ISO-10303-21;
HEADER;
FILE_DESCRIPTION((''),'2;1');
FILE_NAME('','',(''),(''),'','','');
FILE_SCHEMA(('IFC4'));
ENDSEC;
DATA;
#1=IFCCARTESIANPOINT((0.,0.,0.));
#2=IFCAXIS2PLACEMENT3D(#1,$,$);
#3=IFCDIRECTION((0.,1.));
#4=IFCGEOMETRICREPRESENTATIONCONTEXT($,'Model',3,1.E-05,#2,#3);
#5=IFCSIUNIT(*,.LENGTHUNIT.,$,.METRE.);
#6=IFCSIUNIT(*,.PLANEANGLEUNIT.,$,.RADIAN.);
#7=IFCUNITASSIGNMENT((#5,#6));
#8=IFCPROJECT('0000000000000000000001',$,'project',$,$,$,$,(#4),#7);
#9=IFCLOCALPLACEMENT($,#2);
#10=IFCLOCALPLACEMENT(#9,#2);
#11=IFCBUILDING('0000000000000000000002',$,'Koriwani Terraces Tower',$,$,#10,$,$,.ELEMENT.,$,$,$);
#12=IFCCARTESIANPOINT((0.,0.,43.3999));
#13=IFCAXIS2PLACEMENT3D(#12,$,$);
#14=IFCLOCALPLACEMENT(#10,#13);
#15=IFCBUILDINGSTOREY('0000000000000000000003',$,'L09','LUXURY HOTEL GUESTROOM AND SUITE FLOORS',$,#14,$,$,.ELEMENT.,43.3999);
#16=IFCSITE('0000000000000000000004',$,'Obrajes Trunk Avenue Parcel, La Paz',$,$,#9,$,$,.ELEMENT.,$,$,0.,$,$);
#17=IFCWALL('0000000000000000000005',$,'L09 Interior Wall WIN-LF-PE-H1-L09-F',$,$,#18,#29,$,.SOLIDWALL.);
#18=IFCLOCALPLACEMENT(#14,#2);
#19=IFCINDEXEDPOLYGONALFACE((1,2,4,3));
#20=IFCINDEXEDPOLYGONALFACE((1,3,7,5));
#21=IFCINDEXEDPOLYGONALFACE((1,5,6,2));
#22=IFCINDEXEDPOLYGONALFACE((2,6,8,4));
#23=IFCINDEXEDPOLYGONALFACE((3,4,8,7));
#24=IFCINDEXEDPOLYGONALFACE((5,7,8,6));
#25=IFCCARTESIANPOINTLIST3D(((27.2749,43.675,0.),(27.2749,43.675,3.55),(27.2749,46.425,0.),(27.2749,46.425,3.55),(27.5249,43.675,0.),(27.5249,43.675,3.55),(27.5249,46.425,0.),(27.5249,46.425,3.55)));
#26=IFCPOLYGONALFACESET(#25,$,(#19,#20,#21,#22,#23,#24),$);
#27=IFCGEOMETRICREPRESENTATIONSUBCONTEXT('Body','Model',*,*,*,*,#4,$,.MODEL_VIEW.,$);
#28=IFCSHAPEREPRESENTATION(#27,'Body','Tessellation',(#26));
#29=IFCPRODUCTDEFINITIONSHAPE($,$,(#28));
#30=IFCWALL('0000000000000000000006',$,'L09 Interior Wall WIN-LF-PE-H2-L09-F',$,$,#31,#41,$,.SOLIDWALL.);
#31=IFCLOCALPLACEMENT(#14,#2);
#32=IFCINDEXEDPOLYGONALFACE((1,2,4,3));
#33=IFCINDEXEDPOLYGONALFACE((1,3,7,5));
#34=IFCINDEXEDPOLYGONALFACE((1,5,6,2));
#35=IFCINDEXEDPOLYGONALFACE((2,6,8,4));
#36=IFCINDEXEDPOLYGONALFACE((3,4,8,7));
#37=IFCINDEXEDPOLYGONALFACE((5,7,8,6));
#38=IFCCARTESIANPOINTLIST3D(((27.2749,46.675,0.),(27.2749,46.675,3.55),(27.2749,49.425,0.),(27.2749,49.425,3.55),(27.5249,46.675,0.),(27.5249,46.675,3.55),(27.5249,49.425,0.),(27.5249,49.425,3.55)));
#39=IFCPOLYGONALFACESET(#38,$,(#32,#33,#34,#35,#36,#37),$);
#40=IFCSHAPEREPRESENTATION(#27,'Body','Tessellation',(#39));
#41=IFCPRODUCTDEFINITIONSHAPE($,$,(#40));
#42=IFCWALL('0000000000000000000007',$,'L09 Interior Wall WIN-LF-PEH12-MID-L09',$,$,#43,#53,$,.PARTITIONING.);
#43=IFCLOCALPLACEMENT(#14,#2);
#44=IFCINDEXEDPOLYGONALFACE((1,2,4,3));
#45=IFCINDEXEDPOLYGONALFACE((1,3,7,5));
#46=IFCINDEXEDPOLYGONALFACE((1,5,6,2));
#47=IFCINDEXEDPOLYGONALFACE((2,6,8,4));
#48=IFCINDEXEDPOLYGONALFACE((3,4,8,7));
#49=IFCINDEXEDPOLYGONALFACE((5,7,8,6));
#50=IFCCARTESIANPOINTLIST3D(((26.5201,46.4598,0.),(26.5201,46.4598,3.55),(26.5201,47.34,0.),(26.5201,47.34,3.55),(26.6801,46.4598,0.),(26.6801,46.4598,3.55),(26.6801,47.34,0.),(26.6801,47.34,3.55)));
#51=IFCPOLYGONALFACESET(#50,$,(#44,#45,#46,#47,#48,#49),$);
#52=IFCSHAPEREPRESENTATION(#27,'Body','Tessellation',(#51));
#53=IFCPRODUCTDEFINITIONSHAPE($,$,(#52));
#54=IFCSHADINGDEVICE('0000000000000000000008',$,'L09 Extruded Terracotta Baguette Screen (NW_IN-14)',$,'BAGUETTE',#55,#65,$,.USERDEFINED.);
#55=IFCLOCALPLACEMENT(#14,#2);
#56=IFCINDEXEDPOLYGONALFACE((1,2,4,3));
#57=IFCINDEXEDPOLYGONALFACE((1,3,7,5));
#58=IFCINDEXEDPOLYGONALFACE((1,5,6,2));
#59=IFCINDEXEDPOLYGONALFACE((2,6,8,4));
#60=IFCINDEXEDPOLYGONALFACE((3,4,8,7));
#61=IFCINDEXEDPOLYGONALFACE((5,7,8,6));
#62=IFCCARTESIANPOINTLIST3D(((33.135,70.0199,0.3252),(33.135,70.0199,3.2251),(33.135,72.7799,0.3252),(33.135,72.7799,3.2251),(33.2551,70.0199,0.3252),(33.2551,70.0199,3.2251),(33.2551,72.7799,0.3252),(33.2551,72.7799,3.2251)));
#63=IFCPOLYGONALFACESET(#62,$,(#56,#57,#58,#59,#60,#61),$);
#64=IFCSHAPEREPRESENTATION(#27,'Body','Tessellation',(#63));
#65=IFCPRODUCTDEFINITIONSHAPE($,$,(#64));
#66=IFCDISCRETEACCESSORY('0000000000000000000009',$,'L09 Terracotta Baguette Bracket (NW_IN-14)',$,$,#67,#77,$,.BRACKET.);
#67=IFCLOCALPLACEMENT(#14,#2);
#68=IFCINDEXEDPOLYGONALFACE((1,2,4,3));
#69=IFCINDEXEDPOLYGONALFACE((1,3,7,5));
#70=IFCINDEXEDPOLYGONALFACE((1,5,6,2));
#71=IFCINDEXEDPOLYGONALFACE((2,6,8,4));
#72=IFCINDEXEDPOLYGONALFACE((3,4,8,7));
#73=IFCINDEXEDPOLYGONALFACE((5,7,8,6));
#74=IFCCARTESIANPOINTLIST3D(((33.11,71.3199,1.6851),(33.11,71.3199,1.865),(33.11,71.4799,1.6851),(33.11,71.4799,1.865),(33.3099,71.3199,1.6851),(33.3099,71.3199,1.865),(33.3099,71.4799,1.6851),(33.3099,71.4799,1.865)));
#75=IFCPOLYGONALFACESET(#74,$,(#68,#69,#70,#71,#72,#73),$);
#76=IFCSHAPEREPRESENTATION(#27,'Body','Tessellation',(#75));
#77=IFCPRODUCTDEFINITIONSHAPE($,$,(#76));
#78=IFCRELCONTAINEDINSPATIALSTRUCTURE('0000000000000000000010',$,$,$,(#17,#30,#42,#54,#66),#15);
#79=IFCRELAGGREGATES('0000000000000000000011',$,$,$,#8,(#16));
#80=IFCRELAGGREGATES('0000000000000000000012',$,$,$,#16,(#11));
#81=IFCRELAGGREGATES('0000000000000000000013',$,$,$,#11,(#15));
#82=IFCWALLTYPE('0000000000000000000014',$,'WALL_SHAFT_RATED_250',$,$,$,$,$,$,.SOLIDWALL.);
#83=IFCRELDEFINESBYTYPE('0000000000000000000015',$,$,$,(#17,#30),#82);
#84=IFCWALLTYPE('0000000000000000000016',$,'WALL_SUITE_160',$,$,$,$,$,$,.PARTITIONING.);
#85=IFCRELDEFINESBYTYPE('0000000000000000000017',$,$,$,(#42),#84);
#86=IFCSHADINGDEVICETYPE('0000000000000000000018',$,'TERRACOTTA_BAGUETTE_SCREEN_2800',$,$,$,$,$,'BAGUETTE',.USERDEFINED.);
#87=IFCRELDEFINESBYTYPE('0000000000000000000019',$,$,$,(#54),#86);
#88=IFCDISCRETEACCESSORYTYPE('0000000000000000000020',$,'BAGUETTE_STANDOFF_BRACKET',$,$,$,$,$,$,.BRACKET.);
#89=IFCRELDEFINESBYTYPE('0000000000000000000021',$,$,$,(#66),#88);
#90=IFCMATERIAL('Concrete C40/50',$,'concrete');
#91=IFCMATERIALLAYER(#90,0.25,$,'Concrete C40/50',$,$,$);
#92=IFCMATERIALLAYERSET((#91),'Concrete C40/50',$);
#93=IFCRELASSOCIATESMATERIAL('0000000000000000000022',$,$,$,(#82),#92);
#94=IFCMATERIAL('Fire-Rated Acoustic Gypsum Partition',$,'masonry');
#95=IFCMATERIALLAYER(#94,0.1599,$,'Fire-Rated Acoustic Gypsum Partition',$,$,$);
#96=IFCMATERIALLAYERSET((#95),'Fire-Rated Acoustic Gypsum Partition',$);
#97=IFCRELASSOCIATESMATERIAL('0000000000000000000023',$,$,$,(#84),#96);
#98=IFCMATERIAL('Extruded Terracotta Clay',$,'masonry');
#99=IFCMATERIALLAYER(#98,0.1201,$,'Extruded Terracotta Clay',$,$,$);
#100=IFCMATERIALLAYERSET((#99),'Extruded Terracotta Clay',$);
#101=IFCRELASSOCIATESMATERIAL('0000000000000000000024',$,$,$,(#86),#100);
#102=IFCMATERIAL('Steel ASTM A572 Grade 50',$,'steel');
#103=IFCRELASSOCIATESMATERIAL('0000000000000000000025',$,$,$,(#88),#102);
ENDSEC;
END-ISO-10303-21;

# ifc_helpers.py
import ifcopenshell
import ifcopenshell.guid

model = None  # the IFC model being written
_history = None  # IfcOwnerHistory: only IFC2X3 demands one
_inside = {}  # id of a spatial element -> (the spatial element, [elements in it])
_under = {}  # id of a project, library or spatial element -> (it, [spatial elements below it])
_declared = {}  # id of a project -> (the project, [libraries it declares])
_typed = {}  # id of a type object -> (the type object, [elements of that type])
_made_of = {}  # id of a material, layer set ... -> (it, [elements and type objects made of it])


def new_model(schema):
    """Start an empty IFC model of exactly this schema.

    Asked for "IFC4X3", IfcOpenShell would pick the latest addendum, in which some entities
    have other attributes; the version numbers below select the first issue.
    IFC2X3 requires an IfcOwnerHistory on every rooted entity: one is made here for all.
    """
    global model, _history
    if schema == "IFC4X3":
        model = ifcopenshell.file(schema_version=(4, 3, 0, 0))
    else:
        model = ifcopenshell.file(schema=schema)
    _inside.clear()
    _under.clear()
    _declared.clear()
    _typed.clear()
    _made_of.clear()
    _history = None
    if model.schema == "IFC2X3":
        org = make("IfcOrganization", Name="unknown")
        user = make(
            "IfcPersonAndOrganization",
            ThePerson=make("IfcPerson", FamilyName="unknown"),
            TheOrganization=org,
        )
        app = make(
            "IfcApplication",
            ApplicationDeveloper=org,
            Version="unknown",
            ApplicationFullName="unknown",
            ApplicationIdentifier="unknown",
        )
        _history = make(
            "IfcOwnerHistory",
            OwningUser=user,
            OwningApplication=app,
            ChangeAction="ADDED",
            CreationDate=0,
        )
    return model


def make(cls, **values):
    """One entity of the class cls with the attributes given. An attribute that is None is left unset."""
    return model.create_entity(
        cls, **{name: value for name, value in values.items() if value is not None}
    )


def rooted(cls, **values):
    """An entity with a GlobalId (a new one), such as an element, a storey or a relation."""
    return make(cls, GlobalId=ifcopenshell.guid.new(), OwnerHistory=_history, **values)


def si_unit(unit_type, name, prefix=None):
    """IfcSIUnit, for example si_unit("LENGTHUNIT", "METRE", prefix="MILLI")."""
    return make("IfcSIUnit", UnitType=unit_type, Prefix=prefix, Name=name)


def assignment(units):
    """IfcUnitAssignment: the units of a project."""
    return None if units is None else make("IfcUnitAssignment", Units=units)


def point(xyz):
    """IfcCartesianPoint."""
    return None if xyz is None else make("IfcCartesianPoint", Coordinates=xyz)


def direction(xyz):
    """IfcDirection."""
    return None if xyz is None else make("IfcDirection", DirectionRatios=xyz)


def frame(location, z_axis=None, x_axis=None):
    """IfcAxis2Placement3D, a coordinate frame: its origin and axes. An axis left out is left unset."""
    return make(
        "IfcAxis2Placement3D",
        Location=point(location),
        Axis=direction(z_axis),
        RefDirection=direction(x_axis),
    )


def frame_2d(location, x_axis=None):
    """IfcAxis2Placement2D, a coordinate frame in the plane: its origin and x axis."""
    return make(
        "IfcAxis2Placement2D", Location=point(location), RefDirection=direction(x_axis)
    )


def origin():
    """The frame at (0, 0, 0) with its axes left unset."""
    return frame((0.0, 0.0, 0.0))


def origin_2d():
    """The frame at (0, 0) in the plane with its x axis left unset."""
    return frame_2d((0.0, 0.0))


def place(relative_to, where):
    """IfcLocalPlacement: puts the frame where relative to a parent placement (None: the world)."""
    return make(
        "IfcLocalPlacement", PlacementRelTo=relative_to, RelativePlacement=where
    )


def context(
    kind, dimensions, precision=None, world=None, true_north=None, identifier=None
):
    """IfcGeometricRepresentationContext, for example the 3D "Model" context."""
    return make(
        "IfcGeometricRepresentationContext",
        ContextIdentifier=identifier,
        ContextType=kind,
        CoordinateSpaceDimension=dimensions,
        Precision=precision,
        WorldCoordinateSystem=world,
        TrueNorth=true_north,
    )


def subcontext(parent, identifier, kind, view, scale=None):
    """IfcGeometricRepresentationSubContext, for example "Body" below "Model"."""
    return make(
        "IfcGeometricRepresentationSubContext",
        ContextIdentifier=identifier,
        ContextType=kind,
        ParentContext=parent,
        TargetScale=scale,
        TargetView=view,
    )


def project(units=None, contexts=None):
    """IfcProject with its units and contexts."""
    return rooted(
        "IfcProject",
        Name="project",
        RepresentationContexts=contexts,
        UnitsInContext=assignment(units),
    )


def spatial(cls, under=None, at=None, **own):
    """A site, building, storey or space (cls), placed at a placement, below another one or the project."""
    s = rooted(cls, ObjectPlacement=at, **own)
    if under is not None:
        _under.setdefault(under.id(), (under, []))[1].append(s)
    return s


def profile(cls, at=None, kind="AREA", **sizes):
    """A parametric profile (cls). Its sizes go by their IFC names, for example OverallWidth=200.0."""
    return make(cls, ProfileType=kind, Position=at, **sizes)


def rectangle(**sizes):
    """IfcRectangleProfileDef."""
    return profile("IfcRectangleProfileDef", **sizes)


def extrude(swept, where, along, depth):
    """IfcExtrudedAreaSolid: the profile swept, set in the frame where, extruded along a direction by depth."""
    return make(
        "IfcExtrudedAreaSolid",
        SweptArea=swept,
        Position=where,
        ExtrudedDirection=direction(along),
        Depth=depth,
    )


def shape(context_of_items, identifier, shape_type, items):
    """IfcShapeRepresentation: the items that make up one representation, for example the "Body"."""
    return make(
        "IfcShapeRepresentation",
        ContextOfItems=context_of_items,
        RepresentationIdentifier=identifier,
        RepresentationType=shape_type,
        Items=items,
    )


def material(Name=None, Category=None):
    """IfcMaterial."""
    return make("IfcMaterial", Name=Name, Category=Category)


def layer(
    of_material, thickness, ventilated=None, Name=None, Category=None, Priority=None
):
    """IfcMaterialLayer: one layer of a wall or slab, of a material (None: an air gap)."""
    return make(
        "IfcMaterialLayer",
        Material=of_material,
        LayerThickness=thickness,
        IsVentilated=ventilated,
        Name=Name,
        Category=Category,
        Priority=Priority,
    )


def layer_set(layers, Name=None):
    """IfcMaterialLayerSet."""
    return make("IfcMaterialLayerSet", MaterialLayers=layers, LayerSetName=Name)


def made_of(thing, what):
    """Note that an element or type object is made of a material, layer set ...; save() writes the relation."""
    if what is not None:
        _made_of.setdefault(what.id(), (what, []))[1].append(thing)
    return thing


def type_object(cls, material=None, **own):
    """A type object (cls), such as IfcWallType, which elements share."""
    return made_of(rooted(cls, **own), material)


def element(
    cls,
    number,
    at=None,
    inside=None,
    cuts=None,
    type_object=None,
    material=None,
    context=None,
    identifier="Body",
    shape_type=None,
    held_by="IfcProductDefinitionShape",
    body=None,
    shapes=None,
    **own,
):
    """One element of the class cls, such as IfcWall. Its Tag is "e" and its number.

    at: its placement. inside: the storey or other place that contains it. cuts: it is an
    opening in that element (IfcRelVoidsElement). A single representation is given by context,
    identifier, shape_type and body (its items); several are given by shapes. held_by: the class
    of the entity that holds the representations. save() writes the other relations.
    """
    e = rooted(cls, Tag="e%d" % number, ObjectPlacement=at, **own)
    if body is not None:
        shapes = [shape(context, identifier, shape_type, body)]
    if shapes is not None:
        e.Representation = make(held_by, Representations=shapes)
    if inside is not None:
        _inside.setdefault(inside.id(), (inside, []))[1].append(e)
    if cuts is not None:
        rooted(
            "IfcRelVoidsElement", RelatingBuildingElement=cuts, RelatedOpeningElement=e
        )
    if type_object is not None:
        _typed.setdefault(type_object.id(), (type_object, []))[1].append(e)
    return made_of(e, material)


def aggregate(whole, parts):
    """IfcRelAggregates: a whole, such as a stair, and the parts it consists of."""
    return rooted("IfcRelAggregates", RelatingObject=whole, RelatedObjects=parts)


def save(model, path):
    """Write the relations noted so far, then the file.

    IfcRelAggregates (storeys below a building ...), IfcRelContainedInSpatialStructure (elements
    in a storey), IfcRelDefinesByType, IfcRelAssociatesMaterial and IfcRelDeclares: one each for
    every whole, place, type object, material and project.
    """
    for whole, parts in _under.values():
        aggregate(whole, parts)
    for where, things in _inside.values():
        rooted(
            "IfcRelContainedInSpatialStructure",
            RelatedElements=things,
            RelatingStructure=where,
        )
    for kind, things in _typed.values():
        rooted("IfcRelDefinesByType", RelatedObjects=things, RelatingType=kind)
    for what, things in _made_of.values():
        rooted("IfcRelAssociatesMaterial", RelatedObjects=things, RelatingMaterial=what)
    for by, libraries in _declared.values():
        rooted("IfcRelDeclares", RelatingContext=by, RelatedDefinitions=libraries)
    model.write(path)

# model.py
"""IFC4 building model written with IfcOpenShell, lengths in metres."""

from ifc_helpers import new_model, si_unit, direction, frame, frame_2d, origin, origin_2d, place, context, subcontext, project, spatial, rectangle, extrude, material, layer, layer_set, type_object, element, save


model = new_model("IFC4")

# Units and contexts
model_context = context("Model", 3, precision=1e-05, world=origin(), true_north=direction((0.0, 1.0)))
body_context = subcontext(model_context, "Body", "Model", "MODEL_VIEW")
ifc_project = project(units=[si_unit("LENGTHUNIT", "METRE"), si_unit("PLANEANGLEUNIT", "RADIAN")], contexts=[model_context])

# Site, building, storey
site_placement = place(None, origin())
site = spatial("IfcSite", under=ifc_project, at=site_placement, Name="Obrajes Trunk Avenue Parcel, La Paz", CompositionType="ELEMENT", RefElevation=0.0)
building_placement = place(site_placement, origin())
building = spatial("IfcBuilding", under=site, at=building_placement, Name="Koriwani Terraces Tower", CompositionType="ELEMENT")
storey_placement = place(building_placement, frame((0.0, 0.0, 43.3999)))
storey = spatial("IfcBuildingStorey", under=building, at=storey_placement, Name="L09", Description="LUXURY HOTEL GUESTROOM AND SUITE FLOORS", CompositionType="ELEMENT", Elevation=43.3999)

# Shared definitions
ifc_material_1 = material(Name="Concrete C40/50", Category="concrete")
ifc_material_2 = material(Name="Steel ASTM A572 Grade 50", Category="steel")

# Walls
ifc_layer_1 = layer(ifc_material_1, 0.25, Name="Concrete C40/50")
ifc_layer_set_1 = layer_set([ifc_layer_1], Name="Concrete C40/50")
wall_type_1 = type_object("IfcWallType", Name="WALL_SHAFT_RATED_250", PredefinedType="SOLIDWALL", material=ifc_layer_set_1)
for number, where, z_axis, x_axis, name in (
    (1, (27.3999, 43.675, 0.0), (0.0, 0.0, 1.0), (0.0, 1.0, 0.0), "L09 Interior Wall WIN-LF-PE-H1-L09-F"),
    (2, (27.3999, 46.675, 0.0), (0.0, 0.0, 1.0), (0.0, 1.0, 0.0), "L09 Interior Wall WIN-LF-PE-H2-L09-F"),
):
    element("IfcWall", number, at=place(storey_placement, frame(where, z_axis=z_axis, x_axis=x_axis)), inside=storey, type_object=wall_type_1, Name=name, PredefinedType="SOLIDWALL", context=body_context, shape_type="SweptSolid", body=[
        extrude(rectangle(XDim=2.75, YDim=0.25, at=frame_2d((1.375, 0.0))), origin(), (0.0, 0.0, 1.0), 3.55),
    ])
ifc_material_3 = material(Name="Fire-Rated Acoustic Gypsum Partition", Category="masonry")
ifc_layer_2 = layer(ifc_material_3, 0.1599, Name="Fire-Rated Acoustic Gypsum Partition")
ifc_layer_set_2 = layer_set([ifc_layer_2], Name="Fire-Rated Acoustic Gypsum Partition")
wall_type_2 = type_object("IfcWallType", Name="WALL_SUITE_160", PredefinedType="PARTITIONING", material=ifc_layer_set_2)
wall_1_placement = place(storey_placement, frame((26.6001, 46.46, 0.0), z_axis=(0.0, 0.0, 1.0), x_axis=(0.0, 1.0, 0.0)))
element("IfcWall", 3, at=wall_1_placement, inside=storey, type_object=wall_type_2, Name="L09 Interior Wall WIN-LF-PEH12-MID-L09", PredefinedType="PARTITIONING", context=body_context, shape_type="SweptSolid", body=[
    extrude(rectangle(XDim=0.8801, YDim=0.1599, at=frame_2d((0.4399, 0.0))), origin(), (0.0, 0.0, 1.0), 3.55),
])

# Shading device
ifc_material_4 = material(Name="Extruded Terracotta Clay", Category="masonry")
ifc_layer_3 = layer(ifc_material_4, 0.1201, Name="Extruded Terracotta Clay")
ifc_layer_set_3 = layer_set([ifc_layer_3], Name="Extruded Terracotta Clay")
shading_device_type = type_object("IfcShadingDeviceType", Name="TERRACOTTA_BAGUETTE_SCREEN_2800", ElementType="BAGUETTE", PredefinedType="USERDEFINED", material=ifc_layer_set_3)
shading_device_placement = place(storey_placement, frame((33.1951, 71.3999, 0.3252), z_axis=(0.0, 0.0, 1.0), x_axis=(0.0, -1.0, 0.0)))
element("IfcShadingDevice", 4, at=shading_device_placement, inside=storey, type_object=shading_device_type, Name="L09 Extruded Terracotta Baguette Screen (NW_IN-14)", ObjectType="BAGUETTE", PredefinedType="USERDEFINED", context=body_context, shape_type="SweptSolid", body=[
    extrude(rectangle(XDim=2.76, YDim=0.1201, at=origin_2d()), origin(), (0.0, 0.0, 1.0), 2.8999),
])

# Discrete accessory
discrete_accessory_type = type_object("IfcDiscreteAccessoryType", Name="BAGUETTE_STANDOFF_BRACKET", PredefinedType="BRACKET", material=ifc_material_2)
discrete_accessory_placement = place(storey_placement, frame((33.21, 71.3999, 1.6851), z_axis=(0.0, 0.0, 1.0), x_axis=(0.0, -1.0, 0.0)))
element("IfcDiscreteAccessory", 5, at=discrete_accessory_placement, inside=storey, type_object=discrete_accessory_type, Name="L09 Terracotta Baguette Bracket (NW_IN-14)", PredefinedType="BRACKET", context=body_context, shape_type="SweptSolid", body=[
    extrude(rectangle(XDim=0.1599, YDim=0.2, at=origin_2d()), origin(), (0.0, 0.0, 1.0), 0.1799),
])

save(model, "model.ifc")
